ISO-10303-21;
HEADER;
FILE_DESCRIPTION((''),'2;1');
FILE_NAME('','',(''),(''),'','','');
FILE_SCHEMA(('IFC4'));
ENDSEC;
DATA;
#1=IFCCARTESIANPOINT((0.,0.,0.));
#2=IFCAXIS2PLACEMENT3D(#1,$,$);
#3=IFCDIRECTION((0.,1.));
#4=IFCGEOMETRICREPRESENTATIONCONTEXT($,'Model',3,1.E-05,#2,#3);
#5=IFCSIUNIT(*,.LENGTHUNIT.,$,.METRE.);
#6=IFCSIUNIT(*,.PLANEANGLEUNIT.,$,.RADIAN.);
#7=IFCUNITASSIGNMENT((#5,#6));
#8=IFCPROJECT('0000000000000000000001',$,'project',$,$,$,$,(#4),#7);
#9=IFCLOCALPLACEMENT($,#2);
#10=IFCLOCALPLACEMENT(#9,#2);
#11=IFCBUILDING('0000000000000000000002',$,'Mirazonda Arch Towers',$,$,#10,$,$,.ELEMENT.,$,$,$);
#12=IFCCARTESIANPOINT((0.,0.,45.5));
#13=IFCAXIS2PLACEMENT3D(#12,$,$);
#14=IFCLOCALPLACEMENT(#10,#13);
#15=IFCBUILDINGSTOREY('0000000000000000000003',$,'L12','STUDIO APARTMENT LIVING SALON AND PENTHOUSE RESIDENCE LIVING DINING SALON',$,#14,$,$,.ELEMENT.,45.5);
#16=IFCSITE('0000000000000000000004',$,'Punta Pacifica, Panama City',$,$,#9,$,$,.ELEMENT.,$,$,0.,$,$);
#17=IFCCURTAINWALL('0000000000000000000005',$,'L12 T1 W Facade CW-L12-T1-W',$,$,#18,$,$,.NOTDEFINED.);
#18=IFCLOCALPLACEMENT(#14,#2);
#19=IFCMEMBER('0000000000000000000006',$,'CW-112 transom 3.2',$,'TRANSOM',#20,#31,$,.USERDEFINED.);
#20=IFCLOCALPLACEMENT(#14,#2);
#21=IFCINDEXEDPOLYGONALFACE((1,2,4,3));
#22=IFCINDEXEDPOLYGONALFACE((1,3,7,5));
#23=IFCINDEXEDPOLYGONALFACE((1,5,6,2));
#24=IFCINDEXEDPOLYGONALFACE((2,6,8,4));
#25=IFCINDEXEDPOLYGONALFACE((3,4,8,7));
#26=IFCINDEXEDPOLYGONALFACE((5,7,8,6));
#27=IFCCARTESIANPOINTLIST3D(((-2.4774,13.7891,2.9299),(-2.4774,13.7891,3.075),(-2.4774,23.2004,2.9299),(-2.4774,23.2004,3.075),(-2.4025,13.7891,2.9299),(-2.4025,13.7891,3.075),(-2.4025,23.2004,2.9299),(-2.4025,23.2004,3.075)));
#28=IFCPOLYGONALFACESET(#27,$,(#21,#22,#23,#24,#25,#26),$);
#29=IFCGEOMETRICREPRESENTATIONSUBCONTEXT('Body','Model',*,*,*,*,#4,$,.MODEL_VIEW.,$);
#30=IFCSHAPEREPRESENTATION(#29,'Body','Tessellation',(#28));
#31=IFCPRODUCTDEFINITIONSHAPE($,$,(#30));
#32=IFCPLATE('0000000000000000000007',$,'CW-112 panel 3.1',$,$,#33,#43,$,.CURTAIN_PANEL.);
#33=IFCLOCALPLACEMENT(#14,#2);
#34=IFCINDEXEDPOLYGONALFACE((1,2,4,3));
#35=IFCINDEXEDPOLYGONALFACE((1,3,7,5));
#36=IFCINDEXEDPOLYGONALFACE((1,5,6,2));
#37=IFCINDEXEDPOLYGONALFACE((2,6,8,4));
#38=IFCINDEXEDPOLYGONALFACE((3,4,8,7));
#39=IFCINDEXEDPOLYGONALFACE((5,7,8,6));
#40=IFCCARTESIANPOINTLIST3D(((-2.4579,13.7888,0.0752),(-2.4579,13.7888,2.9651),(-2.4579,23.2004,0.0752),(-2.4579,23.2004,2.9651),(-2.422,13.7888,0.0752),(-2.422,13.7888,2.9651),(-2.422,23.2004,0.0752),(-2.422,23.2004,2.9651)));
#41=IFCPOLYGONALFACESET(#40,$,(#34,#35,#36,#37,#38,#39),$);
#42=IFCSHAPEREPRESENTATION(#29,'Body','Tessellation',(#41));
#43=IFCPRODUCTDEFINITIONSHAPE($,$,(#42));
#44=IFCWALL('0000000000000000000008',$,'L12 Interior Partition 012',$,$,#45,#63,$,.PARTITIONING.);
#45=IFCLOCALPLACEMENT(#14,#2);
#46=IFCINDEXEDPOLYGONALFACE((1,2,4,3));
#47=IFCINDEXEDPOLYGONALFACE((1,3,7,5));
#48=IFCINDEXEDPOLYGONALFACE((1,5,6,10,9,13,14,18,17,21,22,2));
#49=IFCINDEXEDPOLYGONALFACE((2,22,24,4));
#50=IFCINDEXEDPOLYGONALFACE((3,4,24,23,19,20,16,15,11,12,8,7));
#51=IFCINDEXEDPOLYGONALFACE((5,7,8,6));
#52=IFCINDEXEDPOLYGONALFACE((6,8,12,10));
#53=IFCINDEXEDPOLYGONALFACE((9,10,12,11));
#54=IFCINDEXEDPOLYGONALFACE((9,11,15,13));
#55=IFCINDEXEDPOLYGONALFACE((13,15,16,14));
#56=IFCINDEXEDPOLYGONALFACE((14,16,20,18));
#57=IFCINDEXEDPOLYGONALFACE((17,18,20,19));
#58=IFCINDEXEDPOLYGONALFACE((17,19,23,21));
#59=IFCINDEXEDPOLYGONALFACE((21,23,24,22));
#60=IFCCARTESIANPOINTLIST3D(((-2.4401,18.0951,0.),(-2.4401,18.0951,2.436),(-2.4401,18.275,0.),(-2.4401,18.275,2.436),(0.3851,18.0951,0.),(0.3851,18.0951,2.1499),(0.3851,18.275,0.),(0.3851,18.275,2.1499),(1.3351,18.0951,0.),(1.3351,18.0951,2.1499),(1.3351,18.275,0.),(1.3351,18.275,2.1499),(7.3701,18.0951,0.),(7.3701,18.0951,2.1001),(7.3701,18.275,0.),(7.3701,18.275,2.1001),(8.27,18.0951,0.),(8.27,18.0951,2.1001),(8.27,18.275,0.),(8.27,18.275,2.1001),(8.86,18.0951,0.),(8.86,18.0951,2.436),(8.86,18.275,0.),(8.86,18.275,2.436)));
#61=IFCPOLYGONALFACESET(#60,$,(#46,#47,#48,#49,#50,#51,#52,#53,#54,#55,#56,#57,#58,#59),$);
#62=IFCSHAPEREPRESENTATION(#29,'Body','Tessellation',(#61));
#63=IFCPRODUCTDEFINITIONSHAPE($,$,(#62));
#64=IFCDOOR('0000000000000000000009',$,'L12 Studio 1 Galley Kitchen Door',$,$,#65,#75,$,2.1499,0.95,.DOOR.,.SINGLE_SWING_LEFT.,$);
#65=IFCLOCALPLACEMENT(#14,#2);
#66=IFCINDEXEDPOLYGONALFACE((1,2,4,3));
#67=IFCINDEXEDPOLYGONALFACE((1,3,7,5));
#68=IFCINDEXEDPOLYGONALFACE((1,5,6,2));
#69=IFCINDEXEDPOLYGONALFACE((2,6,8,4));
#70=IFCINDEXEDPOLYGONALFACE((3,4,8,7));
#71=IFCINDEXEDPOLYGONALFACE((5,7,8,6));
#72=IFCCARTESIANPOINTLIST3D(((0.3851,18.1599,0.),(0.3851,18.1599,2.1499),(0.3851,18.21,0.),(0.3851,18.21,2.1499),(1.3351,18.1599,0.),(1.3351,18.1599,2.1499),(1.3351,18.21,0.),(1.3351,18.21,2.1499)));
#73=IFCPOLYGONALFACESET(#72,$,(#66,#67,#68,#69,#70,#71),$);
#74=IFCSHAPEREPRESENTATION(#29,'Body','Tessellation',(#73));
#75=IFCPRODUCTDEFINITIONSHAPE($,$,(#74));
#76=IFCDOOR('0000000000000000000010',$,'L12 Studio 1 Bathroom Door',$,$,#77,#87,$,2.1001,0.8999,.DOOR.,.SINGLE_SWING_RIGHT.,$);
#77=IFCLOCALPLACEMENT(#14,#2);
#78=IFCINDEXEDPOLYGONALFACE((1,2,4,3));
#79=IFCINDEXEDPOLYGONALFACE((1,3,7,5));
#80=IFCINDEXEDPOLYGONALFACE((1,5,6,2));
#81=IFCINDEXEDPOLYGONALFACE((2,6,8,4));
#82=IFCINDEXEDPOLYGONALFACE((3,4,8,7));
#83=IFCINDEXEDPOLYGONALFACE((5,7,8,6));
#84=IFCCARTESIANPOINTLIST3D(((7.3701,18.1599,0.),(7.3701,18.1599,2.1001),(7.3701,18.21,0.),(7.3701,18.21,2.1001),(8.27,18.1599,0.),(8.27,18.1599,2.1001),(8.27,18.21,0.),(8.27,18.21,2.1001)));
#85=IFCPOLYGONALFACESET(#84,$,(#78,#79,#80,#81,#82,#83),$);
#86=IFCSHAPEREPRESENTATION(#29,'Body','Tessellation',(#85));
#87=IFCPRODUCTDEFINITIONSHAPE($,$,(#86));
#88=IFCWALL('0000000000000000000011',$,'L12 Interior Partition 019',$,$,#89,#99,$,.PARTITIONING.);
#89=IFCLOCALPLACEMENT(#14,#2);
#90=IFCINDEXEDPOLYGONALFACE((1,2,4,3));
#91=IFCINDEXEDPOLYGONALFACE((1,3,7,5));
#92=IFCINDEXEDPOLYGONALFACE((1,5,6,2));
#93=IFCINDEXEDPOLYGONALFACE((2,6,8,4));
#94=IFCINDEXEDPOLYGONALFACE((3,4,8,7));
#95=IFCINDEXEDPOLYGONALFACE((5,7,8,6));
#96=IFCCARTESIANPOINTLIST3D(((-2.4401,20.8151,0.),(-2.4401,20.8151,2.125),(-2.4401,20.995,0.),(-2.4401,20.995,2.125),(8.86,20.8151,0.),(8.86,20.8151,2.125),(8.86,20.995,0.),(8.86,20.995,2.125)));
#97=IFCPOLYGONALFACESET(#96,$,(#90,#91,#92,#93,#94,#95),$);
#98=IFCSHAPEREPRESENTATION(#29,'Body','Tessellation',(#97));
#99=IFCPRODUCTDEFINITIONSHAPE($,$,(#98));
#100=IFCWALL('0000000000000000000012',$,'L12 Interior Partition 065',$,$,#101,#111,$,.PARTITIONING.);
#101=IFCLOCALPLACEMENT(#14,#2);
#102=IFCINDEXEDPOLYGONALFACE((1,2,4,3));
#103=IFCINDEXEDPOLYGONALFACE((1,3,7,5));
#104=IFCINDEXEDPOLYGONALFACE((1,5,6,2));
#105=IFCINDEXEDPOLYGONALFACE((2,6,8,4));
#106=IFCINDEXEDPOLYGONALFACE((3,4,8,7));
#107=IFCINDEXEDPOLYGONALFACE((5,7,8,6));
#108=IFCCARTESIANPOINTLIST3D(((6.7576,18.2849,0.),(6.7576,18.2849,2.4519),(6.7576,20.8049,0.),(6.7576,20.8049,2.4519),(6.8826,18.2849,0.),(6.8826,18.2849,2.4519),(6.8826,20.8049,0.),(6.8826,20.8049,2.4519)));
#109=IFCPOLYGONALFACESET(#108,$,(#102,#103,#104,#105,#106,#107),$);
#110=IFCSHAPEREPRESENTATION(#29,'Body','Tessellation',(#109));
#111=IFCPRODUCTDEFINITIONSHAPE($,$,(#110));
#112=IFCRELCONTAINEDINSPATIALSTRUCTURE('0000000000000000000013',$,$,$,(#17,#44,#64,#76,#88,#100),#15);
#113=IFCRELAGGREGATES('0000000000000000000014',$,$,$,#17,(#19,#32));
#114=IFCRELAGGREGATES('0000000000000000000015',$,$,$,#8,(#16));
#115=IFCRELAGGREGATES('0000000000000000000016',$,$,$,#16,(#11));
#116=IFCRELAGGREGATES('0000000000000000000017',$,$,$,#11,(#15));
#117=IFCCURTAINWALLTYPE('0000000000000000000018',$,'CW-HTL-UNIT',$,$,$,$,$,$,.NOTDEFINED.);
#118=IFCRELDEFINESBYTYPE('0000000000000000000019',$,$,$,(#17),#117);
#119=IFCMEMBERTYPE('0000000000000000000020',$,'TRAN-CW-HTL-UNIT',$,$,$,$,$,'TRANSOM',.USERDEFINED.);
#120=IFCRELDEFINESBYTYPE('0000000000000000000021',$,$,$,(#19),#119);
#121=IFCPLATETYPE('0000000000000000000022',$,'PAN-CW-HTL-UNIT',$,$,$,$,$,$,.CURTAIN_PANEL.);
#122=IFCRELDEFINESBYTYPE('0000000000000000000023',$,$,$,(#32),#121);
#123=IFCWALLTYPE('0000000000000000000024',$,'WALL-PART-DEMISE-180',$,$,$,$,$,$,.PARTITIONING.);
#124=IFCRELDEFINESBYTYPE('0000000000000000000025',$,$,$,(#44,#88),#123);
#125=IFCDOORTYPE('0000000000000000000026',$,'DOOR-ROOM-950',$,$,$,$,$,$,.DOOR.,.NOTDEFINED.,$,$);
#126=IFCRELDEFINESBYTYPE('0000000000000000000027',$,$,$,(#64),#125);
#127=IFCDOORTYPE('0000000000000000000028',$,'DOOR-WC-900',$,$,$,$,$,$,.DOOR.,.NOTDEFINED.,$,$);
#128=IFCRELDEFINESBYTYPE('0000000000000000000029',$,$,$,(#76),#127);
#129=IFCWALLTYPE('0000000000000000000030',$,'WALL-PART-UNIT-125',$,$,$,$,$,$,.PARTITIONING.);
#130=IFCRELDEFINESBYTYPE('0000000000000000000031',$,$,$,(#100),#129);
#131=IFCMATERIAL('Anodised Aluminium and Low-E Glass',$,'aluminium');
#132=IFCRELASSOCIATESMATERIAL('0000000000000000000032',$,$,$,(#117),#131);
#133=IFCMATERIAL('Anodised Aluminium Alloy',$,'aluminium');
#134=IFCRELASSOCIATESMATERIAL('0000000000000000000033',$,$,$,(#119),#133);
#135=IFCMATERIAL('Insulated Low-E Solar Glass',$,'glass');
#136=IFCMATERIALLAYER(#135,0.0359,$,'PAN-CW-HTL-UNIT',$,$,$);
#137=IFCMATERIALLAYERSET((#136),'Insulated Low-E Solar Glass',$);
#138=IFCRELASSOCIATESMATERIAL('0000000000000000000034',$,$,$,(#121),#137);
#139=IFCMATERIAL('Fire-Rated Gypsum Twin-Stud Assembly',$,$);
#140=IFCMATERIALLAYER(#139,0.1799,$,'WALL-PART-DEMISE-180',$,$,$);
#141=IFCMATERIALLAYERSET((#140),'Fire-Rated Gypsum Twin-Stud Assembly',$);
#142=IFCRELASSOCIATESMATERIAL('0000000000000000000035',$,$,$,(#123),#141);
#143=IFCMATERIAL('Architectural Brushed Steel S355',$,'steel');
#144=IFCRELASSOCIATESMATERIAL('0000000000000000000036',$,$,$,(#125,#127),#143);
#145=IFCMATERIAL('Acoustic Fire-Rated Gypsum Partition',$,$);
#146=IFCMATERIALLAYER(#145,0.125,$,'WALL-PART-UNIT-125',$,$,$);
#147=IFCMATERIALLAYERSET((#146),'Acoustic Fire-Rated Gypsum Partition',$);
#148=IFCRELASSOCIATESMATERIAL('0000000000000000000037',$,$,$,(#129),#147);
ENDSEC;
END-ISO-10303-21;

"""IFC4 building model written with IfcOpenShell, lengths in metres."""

from ifc_helpers import new_model, si_unit, direction, frame, frame_2d, origin, origin_2d, place, context, subcontext, project, spatial, rectangle, extrude, material, layer, layer_set, material_profile, profile_set, type_object, element, fill, aggregate, save


model = new_model("IFC4")

# Units and contexts
model_context = context("Model", 3, precision=1e-05, world=origin(), true_north=direction((0.0, 1.0)))
body_context = subcontext(model_context, "Body", "Model", "MODEL_VIEW")
ifc_project = project(units=[si_unit("LENGTHUNIT", "METRE"), si_unit("PLANEANGLEUNIT", "RADIAN")], contexts=[model_context])

# Site, building, storey
site_placement = place(None, origin())
site = spatial("IfcSite", under=ifc_project, at=site_placement, Name="Punta Pacifica, Panama City", CompositionType="ELEMENT", RefElevation=0.0)
building_placement = place(site_placement, origin())
building = spatial("IfcBuilding", under=site, at=building_placement, Name="Mirazonda Arch Towers", CompositionType="ELEMENT")
storey_placement = place(building_placement, frame((0.0, 0.0, 45.5)))
storey = spatial("IfcBuildingStorey", under=building, at=storey_placement, Name="L12", Description="STUDIO APARTMENT LIVING SALON AND PENTHOUSE RESIDENCE LIVING DINING SALON", CompositionType="ELEMENT", Elevation=45.5)

# Curtain wall, member, plate
ifc_material_1 = material(Name="Anodised Aluminium and Low-E Glass", Category="aluminium")
curtain_wall_type = type_object("IfcCurtainWallType", Name="CW-HTL-UNIT", PredefinedType="NOTDEFINED", material=ifc_material_1)
curtain_wall_placement = place(storey_placement, origin())
curtain_wall = element("IfcCurtainWall", 1, at=curtain_wall_placement, inside=storey, type_object=curtain_wall_type, Name="L12 T1 W Facade CW-L12-T1-W", PredefinedType="NOTDEFINED")
ifc_material_2 = material(Name="Anodised Aluminium Alloy", Category="aluminium")
ifc_material_profile_1 = material_profile(ifc_material_2, rectangle(XDim=0.075, YDim=0.145, at=origin_2d()), Name="ALU-TRAN-75x145")
ifc_profile_set_1 = profile_set([ifc_material_profile_1], Name="Anodised Aluminium Alloy")
member_type_1 = type_object("IfcMemberType", Name="TRAN-CW-HTL-UNIT", ElementType="TRANSOM", PredefinedType="USERDEFINED", material=ifc_profile_set_1)
member_1_placement = place(storey_placement, frame((-2.4399, 23.2004, 3.0024), z_axis=(0.0, -1.0, 0.0), x_axis=(1.0, 0.0, 0.0)))
member_1 = element("IfcMember", 2, at=member_1_placement, type_object=member_type_1, Name="CW-112 transom 3.2", ObjectType="TRANSOM", PredefinedType="USERDEFINED", context=body_context, shape_type="SweptSolid", body=[
    extrude(rectangle(XDim=0.075, YDim=0.145, at=origin_2d()), origin(), (0.0, 0.0, 1.0), 9.4114),
])
ifc_material_3 = material(Name="Insulated Low-E Solar Glass", Category="glass")
ifc_layer_1 = layer(ifc_material_3, 0.0359, Name="PAN-CW-HTL-UNIT")
ifc_layer_set_1 = layer_set([ifc_layer_1], Name="Insulated Low-E Solar Glass")
plate_type = type_object("IfcPlateType", Name="PAN-CW-HTL-UNIT", PredefinedType="CURTAIN_PANEL", material=ifc_layer_set_1)
plate_placement = place(storey_placement, frame((-2.4399, 18.4946, 0.0752), z_axis=(0.0, 0.0, 1.0), x_axis=(0.0, -1.0, 0.0)))
plate = element("IfcPlate", 3, at=plate_placement, type_object=plate_type, Name="CW-112 panel 3.1", PredefinedType="CURTAIN_PANEL", context=body_context, shape_type="SweptSolid", body=[
    extrude(rectangle(XDim=9.4116, YDim=0.0359, at=origin_2d()), origin(), (0.0, 0.0, 1.0), 2.8899),
])
aggregate(curtain_wall, [member_1, plate])

# Wall, openings, doors
ifc_material_4 = material(Name="Fire-Rated Gypsum Twin-Stud Assembly")
ifc_layer_2 = layer(ifc_material_4, 0.1799, Name="WALL-PART-DEMISE-180")
ifc_layer_set_2 = layer_set([ifc_layer_2], Name="Fire-Rated Gypsum Twin-Stud Assembly")
wall_type_1 = type_object("IfcWallType", Name="WALL-PART-DEMISE-180", PredefinedType="PARTITIONING", material=ifc_layer_set_2)
wall_1_placement = place(storey_placement, frame((-2.4399, 18.1851, 0.0), z_axis=(0.0, 0.0, 1.0), x_axis=(1.0, 0.0, 0.0)))
wall_1 = element("IfcWall", 4, at=wall_1_placement, inside=storey, type_object=wall_type_1, Name="L12 Interior Partition 012", PredefinedType="PARTITIONING", context=body_context, shape_type="SweptSolid", body=[
    extrude(rectangle(XDim=11.3, YDim=0.1799, at=frame_2d((5.6499, 0.0))), origin(), (0.0, 0.0, 1.0), 2.436),
])
opening_1_placement = place(wall_1_placement, frame((2.825, 0.0, 0.0)))
opening_1 = element("IfcOpeningElement", 5, at=opening_1_placement, cuts=wall_1, PredefinedType="OPENING", context=body_context, shape_type="SweptSolid", body=[
    extrude(rectangle(XDim=0.95, YDim=2.1499, at=frame_2d((0.4751, 1.075))), frame((0.0, 0.0999, 0.0), z_axis=(0.0, -1.0, 0.0), x_axis=(1.0, 0.0, 0.0)), (0.0, 0.0, 1.0), 0.2),
])
opening_2_placement = place(wall_1_placement, frame((9.8101, 0.0, 0.0)))
opening_2 = element("IfcOpeningElement", 6, at=opening_2_placement, cuts=wall_1, PredefinedType="OPENING", context=body_context, shape_type="SweptSolid", body=[
    extrude(rectangle(XDim=0.8999, YDim=2.1001, at=frame_2d((0.45, 1.05))), frame((0.0, 0.0999, 0.0), z_axis=(0.0, -1.0, 0.0), x_axis=(1.0, 0.0, 0.0)), (0.0, 0.0, 1.0), 0.2),
])
ifc_material_5 = material(Name="Architectural Brushed Steel S355", Category="steel")
door_type_1 = type_object("IfcDoorType", Name="DOOR-ROOM-950", OperationType="NOTDEFINED", PredefinedType="DOOR", material=ifc_material_5)
door_1_placement = place(opening_1_placement, origin())
door_1 = element("IfcDoor", 7, at=door_1_placement, inside=storey, type_object=door_type_1, Name="L12 Studio 1 Galley Kitchen Door", OperationType="SINGLE_SWING_LEFT", OverallHeight=2.1499, OverallWidth=0.95, PredefinedType="DOOR", context=body_context, shape_type="SweptSolid", body=[
    extrude(rectangle(XDim=0.95, YDim=2.1499, at=frame_2d((0.4751, 1.075))), frame((0.0, 0.0249, 0.0), z_axis=(0.0, -1.0, 0.0), x_axis=(1.0, 0.0, 0.0)), (0.0, 0.0, 1.0), 0.05),
])
fill(opening_1, door_1)
door_type_2 = type_object("IfcDoorType", Name="DOOR-WC-900", OperationType="NOTDEFINED", PredefinedType="DOOR", material=ifc_material_5)
door_2_placement = place(opening_2_placement, origin())
door_2 = element("IfcDoor", 8, at=door_2_placement, inside=storey, type_object=door_type_2, Name="L12 Studio 1 Bathroom Door", OperationType="SINGLE_SWING_RIGHT", OverallHeight=2.1001, OverallWidth=0.8999, PredefinedType="DOOR", context=body_context, shape_type="SweptSolid", body=[
    extrude(rectangle(XDim=0.8999, YDim=2.1001, at=frame_2d((0.45, 1.05))), frame((0.0, 0.0249, 0.0), z_axis=(0.0, -1.0, 0.0), x_axis=(1.0, 0.0, 0.0)), (0.0, 0.0, 1.0), 0.05),
])
fill(opening_2, door_2)

# Walls
wall_2_placement = place(storey_placement, frame((-2.4399, 20.905, 0.0), z_axis=(0.0, 0.0, 1.0), x_axis=(1.0, 0.0, 0.0)))
element("IfcWall", 9, at=wall_2_placement, inside=storey, type_object=wall_type_1, Name="L12 Interior Partition 019", PredefinedType="PARTITIONING", context=body_context, shape_type="SweptSolid", body=[
    extrude(rectangle(XDim=11.3, YDim=0.1799, at=frame_2d((5.6499, 0.0))), origin(), (0.0, 0.0, 1.0), 2.125),
])
ifc_material_6 = material(Name="Acoustic Fire-Rated Gypsum Partition")
ifc_layer_3 = layer(ifc_material_6, 0.125, Name="WALL-PART-UNIT-125")
ifc_layer_set_3 = layer_set([ifc_layer_3], Name="Acoustic Fire-Rated Gypsum Partition")
wall_type_2 = type_object("IfcWallType", Name="WALL-PART-UNIT-125", PredefinedType="PARTITIONING", material=ifc_layer_set_3)
wall_3_placement = place(storey_placement, frame((6.8201, 18.2849, 0.0), z_axis=(0.0, 0.0, 1.0), x_axis=(0.0, 1.0, 0.0)))
element("IfcWall", 10, at=wall_3_placement, inside=storey, type_object=wall_type_2, Name="L12 Interior Partition 065", PredefinedType="PARTITIONING", context=body_context, shape_type="SweptSolid", body=[
    extrude(rectangle(XDim=2.52, YDim=0.125, at=frame_2d((1.26, 0.0))), origin(), (0.0, 0.0, 1.0), 2.4519),
])

save(model, "model.ifc")
